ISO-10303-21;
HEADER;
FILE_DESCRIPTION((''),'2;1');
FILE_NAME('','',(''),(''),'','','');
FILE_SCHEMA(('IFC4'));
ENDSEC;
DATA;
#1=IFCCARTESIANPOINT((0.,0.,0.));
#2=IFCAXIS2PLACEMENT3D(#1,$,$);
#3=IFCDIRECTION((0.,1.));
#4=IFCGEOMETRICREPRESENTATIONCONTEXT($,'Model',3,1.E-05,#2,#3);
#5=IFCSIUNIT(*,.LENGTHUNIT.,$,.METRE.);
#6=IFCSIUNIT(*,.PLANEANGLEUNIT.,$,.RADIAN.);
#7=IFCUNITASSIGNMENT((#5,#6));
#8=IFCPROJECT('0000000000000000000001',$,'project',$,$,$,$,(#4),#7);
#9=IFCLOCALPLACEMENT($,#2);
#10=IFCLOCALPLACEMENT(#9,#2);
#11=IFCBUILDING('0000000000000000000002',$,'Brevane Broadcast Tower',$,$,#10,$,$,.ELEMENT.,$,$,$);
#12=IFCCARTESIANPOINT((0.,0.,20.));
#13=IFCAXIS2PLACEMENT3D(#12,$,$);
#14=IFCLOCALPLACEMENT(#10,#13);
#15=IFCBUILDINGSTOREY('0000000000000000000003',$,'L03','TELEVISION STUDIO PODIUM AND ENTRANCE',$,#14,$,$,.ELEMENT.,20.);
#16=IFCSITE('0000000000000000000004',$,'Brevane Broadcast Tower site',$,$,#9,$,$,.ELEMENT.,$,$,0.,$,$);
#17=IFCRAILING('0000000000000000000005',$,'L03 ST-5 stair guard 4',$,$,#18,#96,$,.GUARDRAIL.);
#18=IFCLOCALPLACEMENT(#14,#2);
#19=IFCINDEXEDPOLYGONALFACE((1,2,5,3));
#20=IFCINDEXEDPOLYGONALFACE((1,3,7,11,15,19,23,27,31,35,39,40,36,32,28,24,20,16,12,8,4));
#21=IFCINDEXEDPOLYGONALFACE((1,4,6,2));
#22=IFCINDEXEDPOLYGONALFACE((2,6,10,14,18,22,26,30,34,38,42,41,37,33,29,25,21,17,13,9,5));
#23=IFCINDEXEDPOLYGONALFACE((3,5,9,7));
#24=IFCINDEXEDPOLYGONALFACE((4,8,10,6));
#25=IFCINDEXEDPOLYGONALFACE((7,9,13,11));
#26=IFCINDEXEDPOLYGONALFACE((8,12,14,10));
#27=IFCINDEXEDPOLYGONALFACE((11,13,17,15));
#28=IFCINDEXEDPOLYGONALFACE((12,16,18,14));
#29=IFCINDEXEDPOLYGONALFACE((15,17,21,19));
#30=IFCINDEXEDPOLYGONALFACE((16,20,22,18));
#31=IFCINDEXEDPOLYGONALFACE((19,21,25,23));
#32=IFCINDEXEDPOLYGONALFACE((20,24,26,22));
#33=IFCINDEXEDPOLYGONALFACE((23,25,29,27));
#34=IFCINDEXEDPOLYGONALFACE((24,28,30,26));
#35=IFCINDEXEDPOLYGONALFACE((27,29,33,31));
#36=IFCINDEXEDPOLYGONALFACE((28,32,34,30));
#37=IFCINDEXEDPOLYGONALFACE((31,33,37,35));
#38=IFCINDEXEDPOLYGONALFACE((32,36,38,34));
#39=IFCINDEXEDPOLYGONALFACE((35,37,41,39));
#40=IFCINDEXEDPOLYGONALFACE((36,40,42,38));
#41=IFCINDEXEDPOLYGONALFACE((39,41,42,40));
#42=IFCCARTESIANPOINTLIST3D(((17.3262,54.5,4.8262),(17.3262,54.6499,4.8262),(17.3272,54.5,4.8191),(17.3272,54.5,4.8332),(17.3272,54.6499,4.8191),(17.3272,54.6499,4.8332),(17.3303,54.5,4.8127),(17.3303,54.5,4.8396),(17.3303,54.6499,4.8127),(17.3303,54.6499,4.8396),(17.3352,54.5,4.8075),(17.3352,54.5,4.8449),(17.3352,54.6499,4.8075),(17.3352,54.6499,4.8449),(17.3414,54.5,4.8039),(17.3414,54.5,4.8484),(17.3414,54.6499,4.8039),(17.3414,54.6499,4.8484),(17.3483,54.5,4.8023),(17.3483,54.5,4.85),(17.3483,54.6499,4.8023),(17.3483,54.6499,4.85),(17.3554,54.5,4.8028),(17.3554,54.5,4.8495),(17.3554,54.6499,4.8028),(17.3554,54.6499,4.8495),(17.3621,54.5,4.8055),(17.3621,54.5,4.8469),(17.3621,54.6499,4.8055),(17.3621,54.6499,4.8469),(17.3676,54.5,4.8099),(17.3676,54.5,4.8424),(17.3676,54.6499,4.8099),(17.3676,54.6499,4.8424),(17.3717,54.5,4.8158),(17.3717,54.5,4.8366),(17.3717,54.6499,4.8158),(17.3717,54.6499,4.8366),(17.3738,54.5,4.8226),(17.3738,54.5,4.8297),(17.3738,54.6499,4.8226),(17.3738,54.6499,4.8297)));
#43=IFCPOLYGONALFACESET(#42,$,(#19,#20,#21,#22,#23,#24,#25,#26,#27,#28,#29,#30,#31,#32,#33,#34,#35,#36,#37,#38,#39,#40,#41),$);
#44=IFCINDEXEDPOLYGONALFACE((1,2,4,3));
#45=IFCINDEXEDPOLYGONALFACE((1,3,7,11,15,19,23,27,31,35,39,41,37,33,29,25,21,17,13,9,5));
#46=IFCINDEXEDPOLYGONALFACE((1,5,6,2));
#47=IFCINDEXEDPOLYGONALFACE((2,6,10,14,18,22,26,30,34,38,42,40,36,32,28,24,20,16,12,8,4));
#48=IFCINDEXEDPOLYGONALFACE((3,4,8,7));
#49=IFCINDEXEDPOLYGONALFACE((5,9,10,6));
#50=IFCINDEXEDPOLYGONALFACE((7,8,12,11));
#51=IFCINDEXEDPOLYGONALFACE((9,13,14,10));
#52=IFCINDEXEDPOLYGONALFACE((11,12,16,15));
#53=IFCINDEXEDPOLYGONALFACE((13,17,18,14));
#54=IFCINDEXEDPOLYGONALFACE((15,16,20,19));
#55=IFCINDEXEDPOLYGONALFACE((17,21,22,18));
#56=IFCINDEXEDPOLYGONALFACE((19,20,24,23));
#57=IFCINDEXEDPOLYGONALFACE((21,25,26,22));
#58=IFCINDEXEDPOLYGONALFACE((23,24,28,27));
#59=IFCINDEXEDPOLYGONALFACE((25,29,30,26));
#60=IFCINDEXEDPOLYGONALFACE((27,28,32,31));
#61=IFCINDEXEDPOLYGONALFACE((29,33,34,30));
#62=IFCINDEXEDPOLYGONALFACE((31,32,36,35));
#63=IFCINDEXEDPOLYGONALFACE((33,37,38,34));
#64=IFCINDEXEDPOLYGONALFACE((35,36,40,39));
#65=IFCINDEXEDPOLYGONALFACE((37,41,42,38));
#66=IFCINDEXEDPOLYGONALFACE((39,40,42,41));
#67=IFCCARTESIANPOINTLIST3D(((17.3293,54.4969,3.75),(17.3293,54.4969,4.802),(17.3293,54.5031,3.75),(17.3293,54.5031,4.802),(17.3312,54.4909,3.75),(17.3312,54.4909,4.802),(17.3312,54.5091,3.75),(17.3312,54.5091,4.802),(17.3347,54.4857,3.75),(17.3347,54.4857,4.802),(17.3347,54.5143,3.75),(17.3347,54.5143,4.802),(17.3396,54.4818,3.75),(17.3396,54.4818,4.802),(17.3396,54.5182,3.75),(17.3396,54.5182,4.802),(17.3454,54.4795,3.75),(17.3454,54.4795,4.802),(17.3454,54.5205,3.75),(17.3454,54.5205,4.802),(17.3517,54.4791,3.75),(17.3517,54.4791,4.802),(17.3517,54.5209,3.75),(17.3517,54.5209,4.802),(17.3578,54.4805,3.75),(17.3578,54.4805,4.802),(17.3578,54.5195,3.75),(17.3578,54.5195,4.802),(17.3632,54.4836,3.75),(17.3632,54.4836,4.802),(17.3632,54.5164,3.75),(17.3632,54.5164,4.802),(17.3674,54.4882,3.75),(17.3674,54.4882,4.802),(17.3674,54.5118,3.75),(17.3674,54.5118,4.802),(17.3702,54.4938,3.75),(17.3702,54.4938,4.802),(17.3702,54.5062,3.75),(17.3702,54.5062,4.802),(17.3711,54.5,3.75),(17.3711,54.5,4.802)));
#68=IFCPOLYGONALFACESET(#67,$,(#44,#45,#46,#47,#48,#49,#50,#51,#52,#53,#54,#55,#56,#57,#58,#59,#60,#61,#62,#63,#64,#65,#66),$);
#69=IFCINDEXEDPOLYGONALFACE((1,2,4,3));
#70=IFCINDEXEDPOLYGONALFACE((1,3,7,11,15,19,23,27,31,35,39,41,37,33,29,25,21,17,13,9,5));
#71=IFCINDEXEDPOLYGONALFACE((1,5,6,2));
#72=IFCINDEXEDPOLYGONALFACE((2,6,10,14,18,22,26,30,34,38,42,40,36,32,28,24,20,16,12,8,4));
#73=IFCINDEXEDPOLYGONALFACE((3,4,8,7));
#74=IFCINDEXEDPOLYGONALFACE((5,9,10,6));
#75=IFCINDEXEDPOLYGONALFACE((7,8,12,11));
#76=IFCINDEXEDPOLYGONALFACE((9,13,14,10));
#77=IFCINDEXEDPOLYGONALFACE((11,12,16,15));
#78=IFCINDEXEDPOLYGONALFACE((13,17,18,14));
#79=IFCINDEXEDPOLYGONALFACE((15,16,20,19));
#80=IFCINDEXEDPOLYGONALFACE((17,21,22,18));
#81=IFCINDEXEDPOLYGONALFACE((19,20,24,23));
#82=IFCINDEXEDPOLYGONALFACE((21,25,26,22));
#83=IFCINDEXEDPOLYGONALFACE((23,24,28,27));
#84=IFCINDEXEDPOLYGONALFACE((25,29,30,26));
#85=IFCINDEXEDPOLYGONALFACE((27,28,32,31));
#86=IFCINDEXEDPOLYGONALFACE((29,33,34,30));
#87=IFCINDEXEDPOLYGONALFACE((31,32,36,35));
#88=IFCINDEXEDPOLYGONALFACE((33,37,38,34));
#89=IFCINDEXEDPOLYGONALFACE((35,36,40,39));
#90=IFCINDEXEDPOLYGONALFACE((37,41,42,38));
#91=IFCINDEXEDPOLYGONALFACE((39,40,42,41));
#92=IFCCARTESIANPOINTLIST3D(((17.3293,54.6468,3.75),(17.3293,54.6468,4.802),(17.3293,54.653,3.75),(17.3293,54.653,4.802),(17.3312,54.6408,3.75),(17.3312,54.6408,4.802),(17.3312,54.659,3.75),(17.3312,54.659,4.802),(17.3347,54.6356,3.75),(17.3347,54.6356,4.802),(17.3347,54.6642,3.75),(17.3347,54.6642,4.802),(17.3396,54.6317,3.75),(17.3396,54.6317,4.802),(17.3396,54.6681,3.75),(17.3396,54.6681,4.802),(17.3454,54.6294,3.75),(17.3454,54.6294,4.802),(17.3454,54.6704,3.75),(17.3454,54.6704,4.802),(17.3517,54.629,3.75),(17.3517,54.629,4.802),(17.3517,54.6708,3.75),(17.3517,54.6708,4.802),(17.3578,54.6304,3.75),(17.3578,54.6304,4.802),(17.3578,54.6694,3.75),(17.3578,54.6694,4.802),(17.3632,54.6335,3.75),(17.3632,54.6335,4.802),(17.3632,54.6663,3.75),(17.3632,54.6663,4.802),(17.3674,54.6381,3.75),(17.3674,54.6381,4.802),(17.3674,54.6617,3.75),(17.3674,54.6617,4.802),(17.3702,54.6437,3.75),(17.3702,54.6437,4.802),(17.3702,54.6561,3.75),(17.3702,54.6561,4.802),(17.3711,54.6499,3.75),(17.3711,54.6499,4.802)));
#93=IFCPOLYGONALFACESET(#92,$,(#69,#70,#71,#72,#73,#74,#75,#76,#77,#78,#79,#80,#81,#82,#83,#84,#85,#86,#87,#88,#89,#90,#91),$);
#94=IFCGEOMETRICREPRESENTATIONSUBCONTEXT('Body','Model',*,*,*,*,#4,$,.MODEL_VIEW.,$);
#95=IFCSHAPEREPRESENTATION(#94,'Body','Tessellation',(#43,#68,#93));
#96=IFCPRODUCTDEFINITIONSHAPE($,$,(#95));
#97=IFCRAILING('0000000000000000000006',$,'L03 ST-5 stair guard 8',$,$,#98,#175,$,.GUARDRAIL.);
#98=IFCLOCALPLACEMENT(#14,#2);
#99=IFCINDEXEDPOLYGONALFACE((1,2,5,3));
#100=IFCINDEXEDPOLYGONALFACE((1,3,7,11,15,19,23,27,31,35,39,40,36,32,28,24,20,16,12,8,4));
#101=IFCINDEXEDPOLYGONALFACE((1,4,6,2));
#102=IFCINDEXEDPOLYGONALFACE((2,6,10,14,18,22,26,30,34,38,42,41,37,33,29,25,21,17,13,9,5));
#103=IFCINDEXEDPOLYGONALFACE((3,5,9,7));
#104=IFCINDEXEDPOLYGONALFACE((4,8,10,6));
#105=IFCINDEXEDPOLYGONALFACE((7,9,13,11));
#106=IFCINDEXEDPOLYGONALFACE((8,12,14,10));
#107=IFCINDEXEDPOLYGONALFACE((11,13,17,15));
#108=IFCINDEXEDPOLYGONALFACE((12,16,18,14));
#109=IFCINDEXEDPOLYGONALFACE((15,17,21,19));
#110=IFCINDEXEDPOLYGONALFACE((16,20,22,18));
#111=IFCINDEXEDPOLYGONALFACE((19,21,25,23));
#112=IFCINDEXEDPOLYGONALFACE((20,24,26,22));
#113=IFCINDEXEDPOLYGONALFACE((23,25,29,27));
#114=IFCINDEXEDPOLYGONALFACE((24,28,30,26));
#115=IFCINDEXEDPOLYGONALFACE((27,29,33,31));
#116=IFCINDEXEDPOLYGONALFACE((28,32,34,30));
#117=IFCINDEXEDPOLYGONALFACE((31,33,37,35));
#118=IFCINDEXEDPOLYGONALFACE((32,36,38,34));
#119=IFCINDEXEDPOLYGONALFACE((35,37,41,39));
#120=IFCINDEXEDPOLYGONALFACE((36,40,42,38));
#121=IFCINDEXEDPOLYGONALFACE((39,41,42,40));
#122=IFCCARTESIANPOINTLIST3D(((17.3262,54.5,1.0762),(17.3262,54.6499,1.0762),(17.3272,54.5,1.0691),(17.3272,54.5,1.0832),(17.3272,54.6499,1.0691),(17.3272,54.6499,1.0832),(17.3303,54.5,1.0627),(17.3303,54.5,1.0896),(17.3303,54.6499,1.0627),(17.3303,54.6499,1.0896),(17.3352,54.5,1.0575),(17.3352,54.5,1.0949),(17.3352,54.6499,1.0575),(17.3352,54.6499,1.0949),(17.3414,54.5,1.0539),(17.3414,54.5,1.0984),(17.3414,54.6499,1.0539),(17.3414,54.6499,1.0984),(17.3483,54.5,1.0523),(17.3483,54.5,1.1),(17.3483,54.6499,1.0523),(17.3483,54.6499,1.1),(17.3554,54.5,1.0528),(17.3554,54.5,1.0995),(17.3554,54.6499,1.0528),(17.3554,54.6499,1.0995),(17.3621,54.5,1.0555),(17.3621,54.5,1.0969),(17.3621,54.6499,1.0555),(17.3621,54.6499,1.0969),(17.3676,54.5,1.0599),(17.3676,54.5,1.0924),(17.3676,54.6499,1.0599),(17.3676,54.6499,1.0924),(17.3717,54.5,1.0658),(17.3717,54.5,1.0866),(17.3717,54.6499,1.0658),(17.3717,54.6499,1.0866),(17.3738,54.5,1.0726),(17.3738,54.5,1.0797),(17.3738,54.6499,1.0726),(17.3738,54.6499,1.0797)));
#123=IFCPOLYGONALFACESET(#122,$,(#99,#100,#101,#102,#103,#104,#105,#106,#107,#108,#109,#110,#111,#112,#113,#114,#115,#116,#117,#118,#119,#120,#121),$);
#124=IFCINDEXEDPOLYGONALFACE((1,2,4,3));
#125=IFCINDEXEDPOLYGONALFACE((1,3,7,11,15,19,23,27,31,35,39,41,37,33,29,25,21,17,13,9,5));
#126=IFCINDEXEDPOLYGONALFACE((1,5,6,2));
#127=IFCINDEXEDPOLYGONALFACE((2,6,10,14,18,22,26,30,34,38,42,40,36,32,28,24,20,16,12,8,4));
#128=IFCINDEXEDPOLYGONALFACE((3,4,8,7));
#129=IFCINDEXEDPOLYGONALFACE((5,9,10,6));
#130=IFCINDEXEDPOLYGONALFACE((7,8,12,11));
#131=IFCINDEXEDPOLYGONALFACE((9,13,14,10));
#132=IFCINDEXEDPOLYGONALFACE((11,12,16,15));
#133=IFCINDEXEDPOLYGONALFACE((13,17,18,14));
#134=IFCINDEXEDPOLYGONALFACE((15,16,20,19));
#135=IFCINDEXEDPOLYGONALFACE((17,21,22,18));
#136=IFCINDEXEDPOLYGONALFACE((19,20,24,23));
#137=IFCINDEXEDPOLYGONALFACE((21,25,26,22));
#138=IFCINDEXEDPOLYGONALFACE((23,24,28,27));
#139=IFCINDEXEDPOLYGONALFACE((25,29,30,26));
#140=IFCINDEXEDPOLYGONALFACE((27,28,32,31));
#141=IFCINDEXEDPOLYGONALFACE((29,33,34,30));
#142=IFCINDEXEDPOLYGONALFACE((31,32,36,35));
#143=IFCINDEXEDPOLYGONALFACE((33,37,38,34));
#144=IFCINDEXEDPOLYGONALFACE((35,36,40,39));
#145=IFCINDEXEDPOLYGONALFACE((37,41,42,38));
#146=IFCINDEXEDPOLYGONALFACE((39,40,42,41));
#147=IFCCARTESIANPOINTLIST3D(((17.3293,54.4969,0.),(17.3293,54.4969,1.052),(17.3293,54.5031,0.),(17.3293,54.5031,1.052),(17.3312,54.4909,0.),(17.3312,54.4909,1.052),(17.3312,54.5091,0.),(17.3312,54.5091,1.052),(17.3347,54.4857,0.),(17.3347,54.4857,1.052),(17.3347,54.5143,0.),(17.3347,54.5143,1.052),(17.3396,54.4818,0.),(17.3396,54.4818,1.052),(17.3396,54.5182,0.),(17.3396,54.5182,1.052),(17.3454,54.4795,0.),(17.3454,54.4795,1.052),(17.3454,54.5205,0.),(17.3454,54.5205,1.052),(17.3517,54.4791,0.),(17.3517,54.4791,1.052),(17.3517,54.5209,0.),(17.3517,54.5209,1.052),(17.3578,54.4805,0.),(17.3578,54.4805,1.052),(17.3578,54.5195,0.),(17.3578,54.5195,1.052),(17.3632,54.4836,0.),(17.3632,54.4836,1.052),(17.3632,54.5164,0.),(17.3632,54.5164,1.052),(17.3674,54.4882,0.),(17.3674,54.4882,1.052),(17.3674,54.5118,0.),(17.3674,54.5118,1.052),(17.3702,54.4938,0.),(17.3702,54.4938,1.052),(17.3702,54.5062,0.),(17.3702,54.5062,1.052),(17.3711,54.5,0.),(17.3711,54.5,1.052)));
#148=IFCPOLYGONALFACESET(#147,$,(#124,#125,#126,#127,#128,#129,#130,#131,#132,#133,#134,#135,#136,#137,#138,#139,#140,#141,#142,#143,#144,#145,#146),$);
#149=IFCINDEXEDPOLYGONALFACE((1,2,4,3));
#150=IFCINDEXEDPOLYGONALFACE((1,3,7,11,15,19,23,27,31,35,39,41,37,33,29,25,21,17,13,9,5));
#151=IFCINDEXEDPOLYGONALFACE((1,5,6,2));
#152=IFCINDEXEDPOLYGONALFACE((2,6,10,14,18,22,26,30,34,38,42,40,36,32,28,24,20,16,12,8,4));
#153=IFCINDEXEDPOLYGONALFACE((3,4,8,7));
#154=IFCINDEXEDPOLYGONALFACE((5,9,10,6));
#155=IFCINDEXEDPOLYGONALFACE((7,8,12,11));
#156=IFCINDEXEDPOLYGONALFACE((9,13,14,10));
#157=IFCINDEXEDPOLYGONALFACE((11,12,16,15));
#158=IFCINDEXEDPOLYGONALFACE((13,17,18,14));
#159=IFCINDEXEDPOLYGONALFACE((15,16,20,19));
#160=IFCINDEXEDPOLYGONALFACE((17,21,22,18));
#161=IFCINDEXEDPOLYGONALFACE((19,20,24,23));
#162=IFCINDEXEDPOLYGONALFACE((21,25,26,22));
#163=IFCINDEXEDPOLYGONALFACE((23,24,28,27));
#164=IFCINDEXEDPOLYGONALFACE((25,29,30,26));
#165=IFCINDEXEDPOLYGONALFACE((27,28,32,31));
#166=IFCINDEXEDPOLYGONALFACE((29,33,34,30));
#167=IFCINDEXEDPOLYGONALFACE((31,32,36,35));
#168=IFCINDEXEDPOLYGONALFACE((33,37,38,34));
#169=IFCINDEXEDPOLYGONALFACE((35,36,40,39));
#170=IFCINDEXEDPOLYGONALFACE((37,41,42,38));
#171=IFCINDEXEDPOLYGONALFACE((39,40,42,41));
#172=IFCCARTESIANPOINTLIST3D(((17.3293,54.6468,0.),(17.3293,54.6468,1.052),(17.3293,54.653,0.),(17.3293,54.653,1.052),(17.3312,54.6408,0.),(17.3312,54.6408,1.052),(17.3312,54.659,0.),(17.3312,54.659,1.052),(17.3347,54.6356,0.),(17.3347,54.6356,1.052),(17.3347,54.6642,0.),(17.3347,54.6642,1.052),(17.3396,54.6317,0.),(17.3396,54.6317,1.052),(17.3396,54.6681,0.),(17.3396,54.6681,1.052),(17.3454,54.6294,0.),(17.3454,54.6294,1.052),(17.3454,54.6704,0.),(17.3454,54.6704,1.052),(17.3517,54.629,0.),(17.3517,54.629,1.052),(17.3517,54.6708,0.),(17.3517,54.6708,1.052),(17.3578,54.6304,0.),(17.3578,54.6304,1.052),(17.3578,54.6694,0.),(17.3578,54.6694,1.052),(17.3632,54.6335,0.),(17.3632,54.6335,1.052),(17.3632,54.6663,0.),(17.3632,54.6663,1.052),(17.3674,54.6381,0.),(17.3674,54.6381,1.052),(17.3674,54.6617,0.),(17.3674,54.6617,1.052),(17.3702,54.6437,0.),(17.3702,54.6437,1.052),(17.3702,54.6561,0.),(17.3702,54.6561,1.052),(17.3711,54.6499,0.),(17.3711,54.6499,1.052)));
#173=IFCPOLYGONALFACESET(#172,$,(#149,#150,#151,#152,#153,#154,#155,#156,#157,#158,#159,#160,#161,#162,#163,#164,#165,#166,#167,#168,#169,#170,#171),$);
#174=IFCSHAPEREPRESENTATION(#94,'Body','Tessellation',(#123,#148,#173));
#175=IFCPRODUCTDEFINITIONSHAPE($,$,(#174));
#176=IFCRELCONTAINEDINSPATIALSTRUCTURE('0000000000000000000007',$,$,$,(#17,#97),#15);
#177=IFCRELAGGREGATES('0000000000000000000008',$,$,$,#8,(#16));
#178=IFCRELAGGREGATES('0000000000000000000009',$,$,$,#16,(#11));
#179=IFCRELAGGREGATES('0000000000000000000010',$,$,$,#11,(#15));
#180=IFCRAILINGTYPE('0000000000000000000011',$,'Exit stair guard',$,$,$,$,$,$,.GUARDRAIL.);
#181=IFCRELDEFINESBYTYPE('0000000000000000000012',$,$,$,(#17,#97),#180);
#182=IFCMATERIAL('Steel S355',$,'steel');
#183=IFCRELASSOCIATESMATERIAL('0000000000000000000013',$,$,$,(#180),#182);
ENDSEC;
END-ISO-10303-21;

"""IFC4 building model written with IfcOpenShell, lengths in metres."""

from ifc_helpers import new_model, si_unit, direction, frame, origin, origin_2d, place, context, subcontext, project, spatial, circle, extrude, material, type_object, element, save


model = new_model("IFC4")

# Units and contexts
model_context = context("Model", 3, precision=1e-05, world=origin(), true_north=direction((0.0, 1.0)))
body_context = subcontext(model_context, "Body", "Model", "MODEL_VIEW")
ifc_project = project(units=[si_unit("LENGTHUNIT", "METRE"), si_unit("PLANEANGLEUNIT", "RADIAN")], contexts=[model_context])

# Site, building, storey
site_placement = place(None, origin())
site = spatial("IfcSite", under=ifc_project, at=site_placement, Name="Brevane Broadcast Tower site", CompositionType="ELEMENT", RefElevation=0.0)
building_placement = place(site_placement, origin())
building = spatial("IfcBuilding", under=site, at=building_placement, Name="Brevane Broadcast Tower", CompositionType="ELEMENT")
storey_placement = place(building_placement, frame((0.0, 0.0, 20.0)))
storey = spatial("IfcBuildingStorey", under=building, at=storey_placement, Name="L03", Description="TELEVISION STUDIO PODIUM AND ENTRANCE", CompositionType="ELEMENT", Elevation=20.0)

# Railings
ifc_material_1 = material(Name="Steel S355", Category="steel")
railing_type_1 = type_object("IfcRailingType", Name="Exit stair guard", PredefinedType="GUARDRAIL", material=ifc_material_1)
for number, where, name in (
    (1, (17.3501, 54.5, 3.75), "L03 ST-5 stair guard 4"),
    (2, (17.3501, 54.5, 0.0), "L03 ST-5 stair guard 8"),
):
    element("IfcRailing", number, at=place(storey_placement, frame(where)), inside=storey, type_object=railing_type_1, Name=name, PredefinedType="GUARDRAIL", context=body_context, shape_type="SweptSolid", body=[
        extrude(circle(Radius=0.0239, at=origin_2d()), frame((0.0, 0.0, 1.0762), z_axis=(0.0, 1.0, 0.0), x_axis=(-1.0, 0.0, 0.0)), (0.0, 0.0, 1.0), 0.1499),
        extrude(circle(Radius=0.021, at=origin_2d()), origin(), (0.0, 0.0, 1.0), 1.052),
        extrude(circle(Radius=0.021, at=origin_2d()), frame((0.0, 0.1499, 0.0)), (0.0, 0.0, 1.0), 1.052),
    ])

save(model, "model.ifc")
